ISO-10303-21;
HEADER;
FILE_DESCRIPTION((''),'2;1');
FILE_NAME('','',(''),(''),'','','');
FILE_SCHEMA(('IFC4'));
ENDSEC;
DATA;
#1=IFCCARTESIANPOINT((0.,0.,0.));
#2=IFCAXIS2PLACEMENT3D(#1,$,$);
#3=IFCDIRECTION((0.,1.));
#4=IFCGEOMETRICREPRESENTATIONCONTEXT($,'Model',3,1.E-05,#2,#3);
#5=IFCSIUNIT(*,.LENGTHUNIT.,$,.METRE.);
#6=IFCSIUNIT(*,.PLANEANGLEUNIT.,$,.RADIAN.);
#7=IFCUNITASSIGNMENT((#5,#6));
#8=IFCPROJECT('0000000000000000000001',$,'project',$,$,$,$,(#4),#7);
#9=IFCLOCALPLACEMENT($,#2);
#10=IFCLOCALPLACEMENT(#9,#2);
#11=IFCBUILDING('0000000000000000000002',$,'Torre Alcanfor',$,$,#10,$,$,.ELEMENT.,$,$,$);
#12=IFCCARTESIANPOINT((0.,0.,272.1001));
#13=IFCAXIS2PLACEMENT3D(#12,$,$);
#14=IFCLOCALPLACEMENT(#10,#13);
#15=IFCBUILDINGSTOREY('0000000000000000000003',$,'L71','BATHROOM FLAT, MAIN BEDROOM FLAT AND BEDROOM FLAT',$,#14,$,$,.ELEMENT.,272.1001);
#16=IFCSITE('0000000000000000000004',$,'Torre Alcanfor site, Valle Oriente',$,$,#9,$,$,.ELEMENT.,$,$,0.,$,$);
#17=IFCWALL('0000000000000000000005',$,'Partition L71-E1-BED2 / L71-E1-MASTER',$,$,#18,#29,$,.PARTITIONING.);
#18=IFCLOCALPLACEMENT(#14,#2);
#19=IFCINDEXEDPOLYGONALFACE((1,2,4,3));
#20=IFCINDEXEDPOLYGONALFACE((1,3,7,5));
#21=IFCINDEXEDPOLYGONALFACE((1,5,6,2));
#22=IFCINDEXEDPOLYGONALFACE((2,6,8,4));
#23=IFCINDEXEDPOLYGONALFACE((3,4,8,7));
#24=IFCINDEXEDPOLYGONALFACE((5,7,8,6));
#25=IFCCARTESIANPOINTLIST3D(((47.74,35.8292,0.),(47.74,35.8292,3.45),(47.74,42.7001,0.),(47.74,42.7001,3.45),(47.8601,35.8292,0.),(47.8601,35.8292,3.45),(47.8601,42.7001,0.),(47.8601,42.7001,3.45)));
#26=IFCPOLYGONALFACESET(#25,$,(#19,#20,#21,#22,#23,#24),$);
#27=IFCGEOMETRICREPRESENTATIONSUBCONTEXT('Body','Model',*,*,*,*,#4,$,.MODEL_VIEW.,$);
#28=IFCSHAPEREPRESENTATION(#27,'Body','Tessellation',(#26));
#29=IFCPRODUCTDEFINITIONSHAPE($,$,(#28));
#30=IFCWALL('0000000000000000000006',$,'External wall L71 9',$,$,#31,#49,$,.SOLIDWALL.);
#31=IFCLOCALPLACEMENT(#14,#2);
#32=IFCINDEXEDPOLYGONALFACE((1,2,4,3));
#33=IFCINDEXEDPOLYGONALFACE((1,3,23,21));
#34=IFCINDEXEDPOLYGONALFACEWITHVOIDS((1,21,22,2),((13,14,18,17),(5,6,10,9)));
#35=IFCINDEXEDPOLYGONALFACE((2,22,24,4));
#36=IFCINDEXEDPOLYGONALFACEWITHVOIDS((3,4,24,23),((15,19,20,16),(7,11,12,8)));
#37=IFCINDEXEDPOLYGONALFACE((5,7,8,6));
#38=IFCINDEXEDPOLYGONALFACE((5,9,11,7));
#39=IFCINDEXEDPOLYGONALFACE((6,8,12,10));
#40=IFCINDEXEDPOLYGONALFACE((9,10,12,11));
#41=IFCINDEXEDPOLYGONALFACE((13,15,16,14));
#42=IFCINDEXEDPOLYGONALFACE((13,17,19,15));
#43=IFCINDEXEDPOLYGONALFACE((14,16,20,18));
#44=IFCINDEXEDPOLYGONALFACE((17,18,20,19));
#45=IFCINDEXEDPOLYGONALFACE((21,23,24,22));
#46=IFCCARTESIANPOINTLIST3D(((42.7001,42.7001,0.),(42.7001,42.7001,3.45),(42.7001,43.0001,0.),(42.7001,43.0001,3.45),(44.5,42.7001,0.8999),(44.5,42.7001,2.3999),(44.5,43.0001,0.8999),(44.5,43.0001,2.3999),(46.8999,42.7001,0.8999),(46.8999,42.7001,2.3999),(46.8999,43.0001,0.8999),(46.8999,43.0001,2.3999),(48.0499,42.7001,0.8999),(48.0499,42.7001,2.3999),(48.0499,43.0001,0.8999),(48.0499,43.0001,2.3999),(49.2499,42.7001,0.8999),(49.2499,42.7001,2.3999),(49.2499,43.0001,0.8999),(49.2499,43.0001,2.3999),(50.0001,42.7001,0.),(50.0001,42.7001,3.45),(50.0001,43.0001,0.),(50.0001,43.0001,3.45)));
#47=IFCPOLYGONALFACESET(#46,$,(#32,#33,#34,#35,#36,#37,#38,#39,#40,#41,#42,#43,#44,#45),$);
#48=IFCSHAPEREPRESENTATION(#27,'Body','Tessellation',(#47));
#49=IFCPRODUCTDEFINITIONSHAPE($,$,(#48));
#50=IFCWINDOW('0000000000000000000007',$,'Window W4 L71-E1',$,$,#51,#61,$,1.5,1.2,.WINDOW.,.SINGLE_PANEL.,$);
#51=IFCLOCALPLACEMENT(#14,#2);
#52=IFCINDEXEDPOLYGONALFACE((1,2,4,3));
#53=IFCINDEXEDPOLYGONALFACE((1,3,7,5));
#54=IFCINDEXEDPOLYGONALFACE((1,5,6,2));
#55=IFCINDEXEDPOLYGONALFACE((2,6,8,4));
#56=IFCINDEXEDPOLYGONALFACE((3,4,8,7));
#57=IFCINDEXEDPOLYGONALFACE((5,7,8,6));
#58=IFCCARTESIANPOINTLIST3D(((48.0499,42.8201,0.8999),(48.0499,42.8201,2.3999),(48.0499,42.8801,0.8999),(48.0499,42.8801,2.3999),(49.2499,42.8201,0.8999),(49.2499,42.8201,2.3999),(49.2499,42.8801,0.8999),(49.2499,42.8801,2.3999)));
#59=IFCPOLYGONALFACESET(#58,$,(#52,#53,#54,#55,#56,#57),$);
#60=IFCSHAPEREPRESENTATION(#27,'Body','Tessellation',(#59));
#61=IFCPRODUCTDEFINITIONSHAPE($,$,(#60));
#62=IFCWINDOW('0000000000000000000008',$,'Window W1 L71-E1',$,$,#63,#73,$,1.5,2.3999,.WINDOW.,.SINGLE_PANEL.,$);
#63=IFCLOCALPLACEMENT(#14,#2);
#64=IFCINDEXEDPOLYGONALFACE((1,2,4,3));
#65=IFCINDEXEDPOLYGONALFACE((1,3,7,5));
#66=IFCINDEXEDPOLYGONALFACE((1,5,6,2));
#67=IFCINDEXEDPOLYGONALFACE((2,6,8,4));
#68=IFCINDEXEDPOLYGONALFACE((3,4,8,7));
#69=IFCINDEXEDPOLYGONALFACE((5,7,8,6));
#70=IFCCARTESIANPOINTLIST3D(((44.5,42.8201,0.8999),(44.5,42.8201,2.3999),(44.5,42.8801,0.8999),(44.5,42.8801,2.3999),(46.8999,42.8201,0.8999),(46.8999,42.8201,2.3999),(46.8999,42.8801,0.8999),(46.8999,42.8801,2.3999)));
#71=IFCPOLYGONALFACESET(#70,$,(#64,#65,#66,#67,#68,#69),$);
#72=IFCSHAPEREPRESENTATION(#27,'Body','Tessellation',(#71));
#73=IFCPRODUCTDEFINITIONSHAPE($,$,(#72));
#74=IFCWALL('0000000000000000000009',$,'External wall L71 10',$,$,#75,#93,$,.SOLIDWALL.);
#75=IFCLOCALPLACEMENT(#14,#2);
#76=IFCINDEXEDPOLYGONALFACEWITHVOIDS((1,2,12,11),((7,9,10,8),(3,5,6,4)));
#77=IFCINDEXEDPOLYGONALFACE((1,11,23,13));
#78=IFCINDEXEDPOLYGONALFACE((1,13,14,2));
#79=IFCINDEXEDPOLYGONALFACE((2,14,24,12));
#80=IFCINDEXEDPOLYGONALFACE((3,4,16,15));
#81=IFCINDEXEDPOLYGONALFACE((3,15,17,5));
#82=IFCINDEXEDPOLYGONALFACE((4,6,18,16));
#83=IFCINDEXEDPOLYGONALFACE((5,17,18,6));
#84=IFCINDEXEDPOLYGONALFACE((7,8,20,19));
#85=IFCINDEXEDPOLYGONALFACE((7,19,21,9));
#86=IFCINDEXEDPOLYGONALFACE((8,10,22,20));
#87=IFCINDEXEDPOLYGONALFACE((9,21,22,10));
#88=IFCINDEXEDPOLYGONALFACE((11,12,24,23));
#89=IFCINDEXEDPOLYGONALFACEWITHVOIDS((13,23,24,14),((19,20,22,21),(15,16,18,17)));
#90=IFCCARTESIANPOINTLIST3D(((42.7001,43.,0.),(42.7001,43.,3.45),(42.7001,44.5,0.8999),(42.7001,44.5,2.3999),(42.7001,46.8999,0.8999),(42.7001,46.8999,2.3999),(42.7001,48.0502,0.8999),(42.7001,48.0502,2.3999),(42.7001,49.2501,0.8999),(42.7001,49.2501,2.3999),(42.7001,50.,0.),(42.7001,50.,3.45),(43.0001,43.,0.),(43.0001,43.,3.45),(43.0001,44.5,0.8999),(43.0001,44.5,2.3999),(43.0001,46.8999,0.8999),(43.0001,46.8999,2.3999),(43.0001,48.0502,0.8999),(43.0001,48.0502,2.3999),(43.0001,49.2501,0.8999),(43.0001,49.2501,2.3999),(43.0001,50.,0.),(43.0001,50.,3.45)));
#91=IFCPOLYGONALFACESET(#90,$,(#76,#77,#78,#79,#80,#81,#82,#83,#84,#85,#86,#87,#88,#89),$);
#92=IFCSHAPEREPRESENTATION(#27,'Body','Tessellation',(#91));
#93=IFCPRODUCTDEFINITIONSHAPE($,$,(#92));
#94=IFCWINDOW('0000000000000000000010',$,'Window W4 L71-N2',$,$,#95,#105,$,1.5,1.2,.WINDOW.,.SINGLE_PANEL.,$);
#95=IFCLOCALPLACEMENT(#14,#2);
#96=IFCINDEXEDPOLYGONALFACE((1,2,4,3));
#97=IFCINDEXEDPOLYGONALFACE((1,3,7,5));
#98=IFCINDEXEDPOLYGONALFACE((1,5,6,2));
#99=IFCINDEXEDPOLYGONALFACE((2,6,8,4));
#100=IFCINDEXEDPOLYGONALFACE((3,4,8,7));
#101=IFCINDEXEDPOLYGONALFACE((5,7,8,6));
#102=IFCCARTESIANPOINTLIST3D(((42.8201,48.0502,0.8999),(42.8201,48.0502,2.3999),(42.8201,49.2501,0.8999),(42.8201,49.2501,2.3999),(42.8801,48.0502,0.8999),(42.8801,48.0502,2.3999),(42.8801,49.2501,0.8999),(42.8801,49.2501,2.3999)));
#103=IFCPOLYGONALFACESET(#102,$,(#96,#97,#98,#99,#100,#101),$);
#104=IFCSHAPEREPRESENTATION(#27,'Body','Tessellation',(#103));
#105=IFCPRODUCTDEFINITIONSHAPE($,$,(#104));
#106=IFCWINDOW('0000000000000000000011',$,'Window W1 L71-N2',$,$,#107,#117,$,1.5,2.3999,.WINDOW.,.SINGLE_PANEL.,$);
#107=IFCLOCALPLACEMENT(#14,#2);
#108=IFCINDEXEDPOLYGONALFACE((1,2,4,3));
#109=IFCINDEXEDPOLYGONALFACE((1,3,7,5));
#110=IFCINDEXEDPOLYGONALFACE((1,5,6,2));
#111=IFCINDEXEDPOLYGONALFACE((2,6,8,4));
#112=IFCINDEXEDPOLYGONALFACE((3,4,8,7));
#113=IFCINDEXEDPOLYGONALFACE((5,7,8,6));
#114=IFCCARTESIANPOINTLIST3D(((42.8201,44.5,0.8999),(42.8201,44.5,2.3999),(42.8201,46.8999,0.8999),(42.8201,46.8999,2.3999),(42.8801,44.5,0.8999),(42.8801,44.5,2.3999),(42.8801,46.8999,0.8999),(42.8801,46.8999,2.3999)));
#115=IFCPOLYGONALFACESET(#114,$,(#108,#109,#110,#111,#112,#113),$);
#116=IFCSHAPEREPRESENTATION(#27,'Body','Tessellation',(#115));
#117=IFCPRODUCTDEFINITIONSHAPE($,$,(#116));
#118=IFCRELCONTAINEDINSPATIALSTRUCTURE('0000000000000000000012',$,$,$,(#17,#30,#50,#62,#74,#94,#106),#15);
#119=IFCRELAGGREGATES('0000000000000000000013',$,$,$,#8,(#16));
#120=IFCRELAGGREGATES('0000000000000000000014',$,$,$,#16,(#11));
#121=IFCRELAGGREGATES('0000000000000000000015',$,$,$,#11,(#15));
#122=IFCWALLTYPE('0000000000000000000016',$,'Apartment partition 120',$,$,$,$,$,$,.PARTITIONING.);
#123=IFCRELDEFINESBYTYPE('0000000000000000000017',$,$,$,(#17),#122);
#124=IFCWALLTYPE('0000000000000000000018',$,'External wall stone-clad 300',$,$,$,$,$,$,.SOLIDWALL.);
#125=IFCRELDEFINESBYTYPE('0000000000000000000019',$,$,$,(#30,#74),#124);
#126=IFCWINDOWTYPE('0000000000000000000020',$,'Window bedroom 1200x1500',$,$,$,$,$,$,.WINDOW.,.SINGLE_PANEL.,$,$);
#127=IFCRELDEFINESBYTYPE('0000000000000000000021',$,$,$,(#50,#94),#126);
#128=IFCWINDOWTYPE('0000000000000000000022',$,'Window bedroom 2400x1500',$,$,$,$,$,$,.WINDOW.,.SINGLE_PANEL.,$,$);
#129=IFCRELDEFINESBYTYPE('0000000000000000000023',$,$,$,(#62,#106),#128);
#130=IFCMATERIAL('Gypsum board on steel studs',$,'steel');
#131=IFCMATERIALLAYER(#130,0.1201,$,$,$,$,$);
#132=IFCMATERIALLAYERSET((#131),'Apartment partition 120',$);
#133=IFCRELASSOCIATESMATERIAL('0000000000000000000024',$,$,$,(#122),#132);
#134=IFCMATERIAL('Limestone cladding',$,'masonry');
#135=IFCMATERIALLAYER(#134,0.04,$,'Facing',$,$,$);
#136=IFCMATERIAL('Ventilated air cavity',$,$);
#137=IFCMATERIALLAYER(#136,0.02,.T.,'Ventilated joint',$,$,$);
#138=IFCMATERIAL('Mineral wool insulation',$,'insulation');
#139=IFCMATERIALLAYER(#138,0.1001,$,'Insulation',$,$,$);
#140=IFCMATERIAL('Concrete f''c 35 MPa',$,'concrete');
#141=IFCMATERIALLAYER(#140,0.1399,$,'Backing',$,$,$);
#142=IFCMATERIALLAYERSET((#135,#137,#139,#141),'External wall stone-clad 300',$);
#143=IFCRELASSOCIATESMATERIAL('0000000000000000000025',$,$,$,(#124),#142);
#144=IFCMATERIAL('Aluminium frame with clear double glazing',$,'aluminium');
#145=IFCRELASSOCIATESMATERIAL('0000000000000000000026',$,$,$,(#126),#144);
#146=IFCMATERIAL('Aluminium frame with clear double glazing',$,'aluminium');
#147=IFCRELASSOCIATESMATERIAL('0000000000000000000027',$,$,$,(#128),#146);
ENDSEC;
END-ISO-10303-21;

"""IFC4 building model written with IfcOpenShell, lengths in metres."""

from ifc_helpers import new_model, si_unit, direction, frame, frame_2d, origin, place, context, subcontext, project, spatial, rectangle, extrude, material, layer, layer_set, type_object, element, fill, save


model = new_model("IFC4")

# Units and contexts
model_context = context("Model", 3, precision=1e-05, world=origin(), true_north=direction((0.0, 1.0)))
body_context = subcontext(model_context, "Body", "Model", "MODEL_VIEW")
ifc_project = project(units=[si_unit("LENGTHUNIT", "METRE"), si_unit("PLANEANGLEUNIT", "RADIAN")], contexts=[model_context])

# Site, building, storey
site_placement = place(None, origin())
site = spatial("IfcSite", under=ifc_project, at=site_placement, Name="Torre Alcanfor site, Valle Oriente", CompositionType="ELEMENT", RefElevation=0.0)
building_placement = place(site_placement, origin())
building = spatial("IfcBuilding", under=site, at=building_placement, Name="Torre Alcanfor", CompositionType="ELEMENT")
storey_placement = place(building_placement, frame((0.0, 0.0, 272.1001)))
storey = spatial("IfcBuildingStorey", under=building, at=storey_placement, Name="L71", Description="BATHROOM FLAT, MAIN BEDROOM FLAT AND BEDROOM FLAT", CompositionType="ELEMENT", Elevation=272.1001)

# Shared definitions
ifc_material_1 = material(Name="Gypsum board on steel studs", Category="steel")
ifc_layer_1 = layer(ifc_material_1, 0.1201)
ifc_layer_set_1 = layer_set([ifc_layer_1], Name="Apartment partition 120")
wall_type_1 = type_object("IfcWallType", Name="Apartment partition 120", PredefinedType="PARTITIONING", material=ifc_layer_set_1)

# Wall
wall_1_placement = place(storey_placement, frame((47.8, 35.8291, 0.0), z_axis=(0.0, 0.0, 1.0), x_axis=(0.0, 1.0, 0.0)))
element("IfcWall", 1, at=wall_1_placement, inside=storey, type_object=wall_type_1, Name="Partition L71-E1-BED2 / L71-E1-MASTER", PredefinedType="PARTITIONING", context=body_context, shape_type="SweptSolid", body=[
    extrude(rectangle(XDim=6.8708, YDim=0.1201, at=frame_2d((3.4355, 0.0))), origin(), (0.0, 0.0, 1.0), 3.45),
])

# Walls, openings, windows
ifc_material_2 = material(Name="Limestone cladding", Category="masonry")
ifc_layer_2 = layer(ifc_material_2, 0.04, Name="Facing")
ifc_material_3 = material(Name="Ventilated air cavity")
ifc_layer_3 = layer(ifc_material_3, 0.02, ventilated=True, Name="Ventilated joint")
ifc_material_4 = material(Name="Mineral wool insulation", Category="insulation")
ifc_layer_4 = layer(ifc_material_4, 0.1001, Name="Insulation")
ifc_material_5 = material(Name="Concrete f'c 35 MPa", Category="concrete")
ifc_layer_5 = layer(ifc_material_5, 0.1399, Name="Backing")
ifc_layer_set_2 = layer_set([ifc_layer_2, ifc_layer_3, ifc_layer_4, ifc_layer_5], Name="External wall stone-clad 300")
wall_type_2 = type_object("IfcWallType", Name="External wall stone-clad 300", PredefinedType="SOLIDWALL", material=ifc_layer_set_2)
wall_2_placement = place(storey_placement, frame((50.0, 42.8501, 0.0), z_axis=(0.0, 0.0, 1.0), x_axis=(-1.0, 0.0, 0.0)))
wall_2 = element("IfcWall", 2, at=wall_2_placement, inside=storey, type_object=wall_type_2, Name="External wall L71 9", PredefinedType="SOLIDWALL", context=body_context, shape_type="SweptSolid", body=[
    extrude(rectangle(XDim=7.3, YDim=0.3, at=frame_2d((3.6499, 0.0))), origin(), (0.0, 0.0, 1.0), 3.45),
])
opening_1_placement = place(wall_2_placement, frame((3.1001, 0.0, 0.8999)))
opening_1 = element("IfcOpeningElement", 3, at=opening_1_placement, cuts=wall_2, PredefinedType="OPENING", context=body_context, shape_type="SweptSolid", body=[
    extrude(rectangle(XDim=2.3999, YDim=1.5, at=frame_2d((1.2, 0.75))), frame((0.0, 0.1599, 0.0), z_axis=(0.0, -1.0, 0.0), x_axis=(1.0, 0.0, 0.0)), (0.0, 0.0, 1.0), 0.3201),
])
opening_2_placement = place(wall_2_placement, frame((0.75, 0.0, 0.8999)))
opening_2 = element("IfcOpeningElement", 4, at=opening_2_placement, cuts=wall_2, PredefinedType="OPENING", context=body_context, shape_type="SweptSolid", body=[
    extrude(rectangle(XDim=1.2, YDim=1.5, at=frame_2d((0.6001, 0.75))), frame((0.0, 0.1599, 0.0), z_axis=(0.0, -1.0, 0.0), x_axis=(1.0, 0.0, 0.0)), (0.0, 0.0, 1.0), 0.3201),
])
ifc_material_6 = material(Name="Aluminium frame with clear double glazing", Category="aluminium")
window_type_1 = type_object("IfcWindowType", Name="Window bedroom 1200x1500", PartitioningType="SINGLE_PANEL", PredefinedType="WINDOW", material=ifc_material_6)
window_1_placement = place(opening_2_placement, origin())
window_1 = element("IfcWindow", 5, at=window_1_placement, inside=storey, type_object=window_type_1, Name="Window W4 L71-E1", OverallHeight=1.5, OverallWidth=1.2, PartitioningType="SINGLE_PANEL", PredefinedType="WINDOW", context=body_context, shape_type="SweptSolid", body=[
    extrude(rectangle(XDim=1.2, YDim=1.5, at=frame_2d((0.6001, 0.75))), frame((0.0, 0.03, 0.0), z_axis=(0.0, -1.0, 0.0), x_axis=(1.0, 0.0, 0.0)), (0.0, 0.0, 1.0), 0.0601),
])
fill(opening_2, window_1)
ifc_material_7 = material(Name="Aluminium frame with clear double glazing", Category="aluminium")
window_type_2 = type_object("IfcWindowType", Name="Window bedroom 2400x1500", PartitioningType="SINGLE_PANEL", PredefinedType="WINDOW", material=ifc_material_7)
window_2_placement = place(opening_1_placement, origin())
window_2 = element("IfcWindow", 6, at=window_2_placement, inside=storey, type_object=window_type_2, Name="Window W1 L71-E1", OverallHeight=1.5, OverallWidth=2.3999, PartitioningType="SINGLE_PANEL", PredefinedType="WINDOW", context=body_context, shape_type="SweptSolid", body=[
    extrude(rectangle(XDim=2.3999, YDim=1.5, at=frame_2d((1.2, 0.75))), frame((0.0, 0.03, 0.0), z_axis=(0.0, -1.0, 0.0), x_axis=(1.0, 0.0, 0.0)), (0.0, 0.0, 1.0), 0.0601),
])
fill(opening_1, window_2)
wall_3_placement = place(storey_placement, frame((42.8501, 43.0, 0.0), z_axis=(0.0, 0.0, 1.0), x_axis=(0.0, 1.0, 0.0)))
wall_3 = element("IfcWall", 7, at=wall_3_placement, inside=storey, type_object=wall_type_2, Name="External wall L71 10", PredefinedType="SOLIDWALL", context=body_context, shape_type="SweptSolid", body=[
    extrude(rectangle(XDim=7.0, YDim=0.3, at=frame_2d((3.5, 0.0))), origin(), (0.0, 0.0, 1.0), 3.45),
])
opening_3_placement = place(wall_3_placement, frame((1.5, 0.0, 0.8999)))
opening_3 = element("IfcOpeningElement", 8, at=opening_3_placement, cuts=wall_3, PredefinedType="OPENING", context=body_context, shape_type="SweptSolid", body=[
    extrude(rectangle(XDim=2.3999, YDim=1.5, at=frame_2d((1.2, 0.75))), frame((0.0, 0.1599, 0.0), z_axis=(0.0, -1.0, 0.0), x_axis=(1.0, 0.0, 0.0)), (0.0, 0.0, 1.0), 0.3201),
])
opening_4_placement = place(wall_3_placement, frame((5.05, 0.0, 0.8999)))
opening_4 = element("IfcOpeningElement", 9, at=opening_4_placement, cuts=wall_3, PredefinedType="OPENING", context=body_context, shape_type="SweptSolid", body=[
    extrude(rectangle(XDim=1.2, YDim=1.5, at=frame_2d((0.6001, 0.75))), frame((0.0, 0.1599, 0.0), z_axis=(0.0, -1.0, 0.0), x_axis=(1.0, 0.0, 0.0)), (0.0, 0.0, 1.0), 0.3201),
])
window_3_placement = place(opening_4_placement, origin())
window_3 = element("IfcWindow", 10, at=window_3_placement, inside=storey, type_object=window_type_1, Name="Window W4 L71-N2", OverallHeight=1.5, OverallWidth=1.2, PartitioningType="SINGLE_PANEL", PredefinedType="WINDOW", context=body_context, shape_type="SweptSolid", body=[
    extrude(rectangle(XDim=1.2, YDim=1.5, at=frame_2d((0.6001, 0.75))), frame((0.0, 0.03, 0.0), z_axis=(0.0, -1.0, 0.0), x_axis=(1.0, 0.0, 0.0)), (0.0, 0.0, 1.0), 0.0601),
])
fill(opening_4, window_3)
window_4_placement = place(opening_3_placement, origin())
window_4 = element("IfcWindow", 11, at=window_4_placement, inside=storey, type_object=window_type_2, Name="Window W1 L71-N2", OverallHeight=1.5, OverallWidth=2.3999, PartitioningType="SINGLE_PANEL", PredefinedType="WINDOW", context=body_context, shape_type="SweptSolid", body=[
    extrude(rectangle(XDim=2.3999, YDim=1.5, at=frame_2d((1.2, 0.75))), frame((0.0, 0.03, 0.0), z_axis=(0.0, -1.0, 0.0), x_axis=(1.0, 0.0, 0.0)), (0.0, 0.0, 1.0), 0.0601),
])
fill(opening_3, window_4)

save(model, "model.ifc")
